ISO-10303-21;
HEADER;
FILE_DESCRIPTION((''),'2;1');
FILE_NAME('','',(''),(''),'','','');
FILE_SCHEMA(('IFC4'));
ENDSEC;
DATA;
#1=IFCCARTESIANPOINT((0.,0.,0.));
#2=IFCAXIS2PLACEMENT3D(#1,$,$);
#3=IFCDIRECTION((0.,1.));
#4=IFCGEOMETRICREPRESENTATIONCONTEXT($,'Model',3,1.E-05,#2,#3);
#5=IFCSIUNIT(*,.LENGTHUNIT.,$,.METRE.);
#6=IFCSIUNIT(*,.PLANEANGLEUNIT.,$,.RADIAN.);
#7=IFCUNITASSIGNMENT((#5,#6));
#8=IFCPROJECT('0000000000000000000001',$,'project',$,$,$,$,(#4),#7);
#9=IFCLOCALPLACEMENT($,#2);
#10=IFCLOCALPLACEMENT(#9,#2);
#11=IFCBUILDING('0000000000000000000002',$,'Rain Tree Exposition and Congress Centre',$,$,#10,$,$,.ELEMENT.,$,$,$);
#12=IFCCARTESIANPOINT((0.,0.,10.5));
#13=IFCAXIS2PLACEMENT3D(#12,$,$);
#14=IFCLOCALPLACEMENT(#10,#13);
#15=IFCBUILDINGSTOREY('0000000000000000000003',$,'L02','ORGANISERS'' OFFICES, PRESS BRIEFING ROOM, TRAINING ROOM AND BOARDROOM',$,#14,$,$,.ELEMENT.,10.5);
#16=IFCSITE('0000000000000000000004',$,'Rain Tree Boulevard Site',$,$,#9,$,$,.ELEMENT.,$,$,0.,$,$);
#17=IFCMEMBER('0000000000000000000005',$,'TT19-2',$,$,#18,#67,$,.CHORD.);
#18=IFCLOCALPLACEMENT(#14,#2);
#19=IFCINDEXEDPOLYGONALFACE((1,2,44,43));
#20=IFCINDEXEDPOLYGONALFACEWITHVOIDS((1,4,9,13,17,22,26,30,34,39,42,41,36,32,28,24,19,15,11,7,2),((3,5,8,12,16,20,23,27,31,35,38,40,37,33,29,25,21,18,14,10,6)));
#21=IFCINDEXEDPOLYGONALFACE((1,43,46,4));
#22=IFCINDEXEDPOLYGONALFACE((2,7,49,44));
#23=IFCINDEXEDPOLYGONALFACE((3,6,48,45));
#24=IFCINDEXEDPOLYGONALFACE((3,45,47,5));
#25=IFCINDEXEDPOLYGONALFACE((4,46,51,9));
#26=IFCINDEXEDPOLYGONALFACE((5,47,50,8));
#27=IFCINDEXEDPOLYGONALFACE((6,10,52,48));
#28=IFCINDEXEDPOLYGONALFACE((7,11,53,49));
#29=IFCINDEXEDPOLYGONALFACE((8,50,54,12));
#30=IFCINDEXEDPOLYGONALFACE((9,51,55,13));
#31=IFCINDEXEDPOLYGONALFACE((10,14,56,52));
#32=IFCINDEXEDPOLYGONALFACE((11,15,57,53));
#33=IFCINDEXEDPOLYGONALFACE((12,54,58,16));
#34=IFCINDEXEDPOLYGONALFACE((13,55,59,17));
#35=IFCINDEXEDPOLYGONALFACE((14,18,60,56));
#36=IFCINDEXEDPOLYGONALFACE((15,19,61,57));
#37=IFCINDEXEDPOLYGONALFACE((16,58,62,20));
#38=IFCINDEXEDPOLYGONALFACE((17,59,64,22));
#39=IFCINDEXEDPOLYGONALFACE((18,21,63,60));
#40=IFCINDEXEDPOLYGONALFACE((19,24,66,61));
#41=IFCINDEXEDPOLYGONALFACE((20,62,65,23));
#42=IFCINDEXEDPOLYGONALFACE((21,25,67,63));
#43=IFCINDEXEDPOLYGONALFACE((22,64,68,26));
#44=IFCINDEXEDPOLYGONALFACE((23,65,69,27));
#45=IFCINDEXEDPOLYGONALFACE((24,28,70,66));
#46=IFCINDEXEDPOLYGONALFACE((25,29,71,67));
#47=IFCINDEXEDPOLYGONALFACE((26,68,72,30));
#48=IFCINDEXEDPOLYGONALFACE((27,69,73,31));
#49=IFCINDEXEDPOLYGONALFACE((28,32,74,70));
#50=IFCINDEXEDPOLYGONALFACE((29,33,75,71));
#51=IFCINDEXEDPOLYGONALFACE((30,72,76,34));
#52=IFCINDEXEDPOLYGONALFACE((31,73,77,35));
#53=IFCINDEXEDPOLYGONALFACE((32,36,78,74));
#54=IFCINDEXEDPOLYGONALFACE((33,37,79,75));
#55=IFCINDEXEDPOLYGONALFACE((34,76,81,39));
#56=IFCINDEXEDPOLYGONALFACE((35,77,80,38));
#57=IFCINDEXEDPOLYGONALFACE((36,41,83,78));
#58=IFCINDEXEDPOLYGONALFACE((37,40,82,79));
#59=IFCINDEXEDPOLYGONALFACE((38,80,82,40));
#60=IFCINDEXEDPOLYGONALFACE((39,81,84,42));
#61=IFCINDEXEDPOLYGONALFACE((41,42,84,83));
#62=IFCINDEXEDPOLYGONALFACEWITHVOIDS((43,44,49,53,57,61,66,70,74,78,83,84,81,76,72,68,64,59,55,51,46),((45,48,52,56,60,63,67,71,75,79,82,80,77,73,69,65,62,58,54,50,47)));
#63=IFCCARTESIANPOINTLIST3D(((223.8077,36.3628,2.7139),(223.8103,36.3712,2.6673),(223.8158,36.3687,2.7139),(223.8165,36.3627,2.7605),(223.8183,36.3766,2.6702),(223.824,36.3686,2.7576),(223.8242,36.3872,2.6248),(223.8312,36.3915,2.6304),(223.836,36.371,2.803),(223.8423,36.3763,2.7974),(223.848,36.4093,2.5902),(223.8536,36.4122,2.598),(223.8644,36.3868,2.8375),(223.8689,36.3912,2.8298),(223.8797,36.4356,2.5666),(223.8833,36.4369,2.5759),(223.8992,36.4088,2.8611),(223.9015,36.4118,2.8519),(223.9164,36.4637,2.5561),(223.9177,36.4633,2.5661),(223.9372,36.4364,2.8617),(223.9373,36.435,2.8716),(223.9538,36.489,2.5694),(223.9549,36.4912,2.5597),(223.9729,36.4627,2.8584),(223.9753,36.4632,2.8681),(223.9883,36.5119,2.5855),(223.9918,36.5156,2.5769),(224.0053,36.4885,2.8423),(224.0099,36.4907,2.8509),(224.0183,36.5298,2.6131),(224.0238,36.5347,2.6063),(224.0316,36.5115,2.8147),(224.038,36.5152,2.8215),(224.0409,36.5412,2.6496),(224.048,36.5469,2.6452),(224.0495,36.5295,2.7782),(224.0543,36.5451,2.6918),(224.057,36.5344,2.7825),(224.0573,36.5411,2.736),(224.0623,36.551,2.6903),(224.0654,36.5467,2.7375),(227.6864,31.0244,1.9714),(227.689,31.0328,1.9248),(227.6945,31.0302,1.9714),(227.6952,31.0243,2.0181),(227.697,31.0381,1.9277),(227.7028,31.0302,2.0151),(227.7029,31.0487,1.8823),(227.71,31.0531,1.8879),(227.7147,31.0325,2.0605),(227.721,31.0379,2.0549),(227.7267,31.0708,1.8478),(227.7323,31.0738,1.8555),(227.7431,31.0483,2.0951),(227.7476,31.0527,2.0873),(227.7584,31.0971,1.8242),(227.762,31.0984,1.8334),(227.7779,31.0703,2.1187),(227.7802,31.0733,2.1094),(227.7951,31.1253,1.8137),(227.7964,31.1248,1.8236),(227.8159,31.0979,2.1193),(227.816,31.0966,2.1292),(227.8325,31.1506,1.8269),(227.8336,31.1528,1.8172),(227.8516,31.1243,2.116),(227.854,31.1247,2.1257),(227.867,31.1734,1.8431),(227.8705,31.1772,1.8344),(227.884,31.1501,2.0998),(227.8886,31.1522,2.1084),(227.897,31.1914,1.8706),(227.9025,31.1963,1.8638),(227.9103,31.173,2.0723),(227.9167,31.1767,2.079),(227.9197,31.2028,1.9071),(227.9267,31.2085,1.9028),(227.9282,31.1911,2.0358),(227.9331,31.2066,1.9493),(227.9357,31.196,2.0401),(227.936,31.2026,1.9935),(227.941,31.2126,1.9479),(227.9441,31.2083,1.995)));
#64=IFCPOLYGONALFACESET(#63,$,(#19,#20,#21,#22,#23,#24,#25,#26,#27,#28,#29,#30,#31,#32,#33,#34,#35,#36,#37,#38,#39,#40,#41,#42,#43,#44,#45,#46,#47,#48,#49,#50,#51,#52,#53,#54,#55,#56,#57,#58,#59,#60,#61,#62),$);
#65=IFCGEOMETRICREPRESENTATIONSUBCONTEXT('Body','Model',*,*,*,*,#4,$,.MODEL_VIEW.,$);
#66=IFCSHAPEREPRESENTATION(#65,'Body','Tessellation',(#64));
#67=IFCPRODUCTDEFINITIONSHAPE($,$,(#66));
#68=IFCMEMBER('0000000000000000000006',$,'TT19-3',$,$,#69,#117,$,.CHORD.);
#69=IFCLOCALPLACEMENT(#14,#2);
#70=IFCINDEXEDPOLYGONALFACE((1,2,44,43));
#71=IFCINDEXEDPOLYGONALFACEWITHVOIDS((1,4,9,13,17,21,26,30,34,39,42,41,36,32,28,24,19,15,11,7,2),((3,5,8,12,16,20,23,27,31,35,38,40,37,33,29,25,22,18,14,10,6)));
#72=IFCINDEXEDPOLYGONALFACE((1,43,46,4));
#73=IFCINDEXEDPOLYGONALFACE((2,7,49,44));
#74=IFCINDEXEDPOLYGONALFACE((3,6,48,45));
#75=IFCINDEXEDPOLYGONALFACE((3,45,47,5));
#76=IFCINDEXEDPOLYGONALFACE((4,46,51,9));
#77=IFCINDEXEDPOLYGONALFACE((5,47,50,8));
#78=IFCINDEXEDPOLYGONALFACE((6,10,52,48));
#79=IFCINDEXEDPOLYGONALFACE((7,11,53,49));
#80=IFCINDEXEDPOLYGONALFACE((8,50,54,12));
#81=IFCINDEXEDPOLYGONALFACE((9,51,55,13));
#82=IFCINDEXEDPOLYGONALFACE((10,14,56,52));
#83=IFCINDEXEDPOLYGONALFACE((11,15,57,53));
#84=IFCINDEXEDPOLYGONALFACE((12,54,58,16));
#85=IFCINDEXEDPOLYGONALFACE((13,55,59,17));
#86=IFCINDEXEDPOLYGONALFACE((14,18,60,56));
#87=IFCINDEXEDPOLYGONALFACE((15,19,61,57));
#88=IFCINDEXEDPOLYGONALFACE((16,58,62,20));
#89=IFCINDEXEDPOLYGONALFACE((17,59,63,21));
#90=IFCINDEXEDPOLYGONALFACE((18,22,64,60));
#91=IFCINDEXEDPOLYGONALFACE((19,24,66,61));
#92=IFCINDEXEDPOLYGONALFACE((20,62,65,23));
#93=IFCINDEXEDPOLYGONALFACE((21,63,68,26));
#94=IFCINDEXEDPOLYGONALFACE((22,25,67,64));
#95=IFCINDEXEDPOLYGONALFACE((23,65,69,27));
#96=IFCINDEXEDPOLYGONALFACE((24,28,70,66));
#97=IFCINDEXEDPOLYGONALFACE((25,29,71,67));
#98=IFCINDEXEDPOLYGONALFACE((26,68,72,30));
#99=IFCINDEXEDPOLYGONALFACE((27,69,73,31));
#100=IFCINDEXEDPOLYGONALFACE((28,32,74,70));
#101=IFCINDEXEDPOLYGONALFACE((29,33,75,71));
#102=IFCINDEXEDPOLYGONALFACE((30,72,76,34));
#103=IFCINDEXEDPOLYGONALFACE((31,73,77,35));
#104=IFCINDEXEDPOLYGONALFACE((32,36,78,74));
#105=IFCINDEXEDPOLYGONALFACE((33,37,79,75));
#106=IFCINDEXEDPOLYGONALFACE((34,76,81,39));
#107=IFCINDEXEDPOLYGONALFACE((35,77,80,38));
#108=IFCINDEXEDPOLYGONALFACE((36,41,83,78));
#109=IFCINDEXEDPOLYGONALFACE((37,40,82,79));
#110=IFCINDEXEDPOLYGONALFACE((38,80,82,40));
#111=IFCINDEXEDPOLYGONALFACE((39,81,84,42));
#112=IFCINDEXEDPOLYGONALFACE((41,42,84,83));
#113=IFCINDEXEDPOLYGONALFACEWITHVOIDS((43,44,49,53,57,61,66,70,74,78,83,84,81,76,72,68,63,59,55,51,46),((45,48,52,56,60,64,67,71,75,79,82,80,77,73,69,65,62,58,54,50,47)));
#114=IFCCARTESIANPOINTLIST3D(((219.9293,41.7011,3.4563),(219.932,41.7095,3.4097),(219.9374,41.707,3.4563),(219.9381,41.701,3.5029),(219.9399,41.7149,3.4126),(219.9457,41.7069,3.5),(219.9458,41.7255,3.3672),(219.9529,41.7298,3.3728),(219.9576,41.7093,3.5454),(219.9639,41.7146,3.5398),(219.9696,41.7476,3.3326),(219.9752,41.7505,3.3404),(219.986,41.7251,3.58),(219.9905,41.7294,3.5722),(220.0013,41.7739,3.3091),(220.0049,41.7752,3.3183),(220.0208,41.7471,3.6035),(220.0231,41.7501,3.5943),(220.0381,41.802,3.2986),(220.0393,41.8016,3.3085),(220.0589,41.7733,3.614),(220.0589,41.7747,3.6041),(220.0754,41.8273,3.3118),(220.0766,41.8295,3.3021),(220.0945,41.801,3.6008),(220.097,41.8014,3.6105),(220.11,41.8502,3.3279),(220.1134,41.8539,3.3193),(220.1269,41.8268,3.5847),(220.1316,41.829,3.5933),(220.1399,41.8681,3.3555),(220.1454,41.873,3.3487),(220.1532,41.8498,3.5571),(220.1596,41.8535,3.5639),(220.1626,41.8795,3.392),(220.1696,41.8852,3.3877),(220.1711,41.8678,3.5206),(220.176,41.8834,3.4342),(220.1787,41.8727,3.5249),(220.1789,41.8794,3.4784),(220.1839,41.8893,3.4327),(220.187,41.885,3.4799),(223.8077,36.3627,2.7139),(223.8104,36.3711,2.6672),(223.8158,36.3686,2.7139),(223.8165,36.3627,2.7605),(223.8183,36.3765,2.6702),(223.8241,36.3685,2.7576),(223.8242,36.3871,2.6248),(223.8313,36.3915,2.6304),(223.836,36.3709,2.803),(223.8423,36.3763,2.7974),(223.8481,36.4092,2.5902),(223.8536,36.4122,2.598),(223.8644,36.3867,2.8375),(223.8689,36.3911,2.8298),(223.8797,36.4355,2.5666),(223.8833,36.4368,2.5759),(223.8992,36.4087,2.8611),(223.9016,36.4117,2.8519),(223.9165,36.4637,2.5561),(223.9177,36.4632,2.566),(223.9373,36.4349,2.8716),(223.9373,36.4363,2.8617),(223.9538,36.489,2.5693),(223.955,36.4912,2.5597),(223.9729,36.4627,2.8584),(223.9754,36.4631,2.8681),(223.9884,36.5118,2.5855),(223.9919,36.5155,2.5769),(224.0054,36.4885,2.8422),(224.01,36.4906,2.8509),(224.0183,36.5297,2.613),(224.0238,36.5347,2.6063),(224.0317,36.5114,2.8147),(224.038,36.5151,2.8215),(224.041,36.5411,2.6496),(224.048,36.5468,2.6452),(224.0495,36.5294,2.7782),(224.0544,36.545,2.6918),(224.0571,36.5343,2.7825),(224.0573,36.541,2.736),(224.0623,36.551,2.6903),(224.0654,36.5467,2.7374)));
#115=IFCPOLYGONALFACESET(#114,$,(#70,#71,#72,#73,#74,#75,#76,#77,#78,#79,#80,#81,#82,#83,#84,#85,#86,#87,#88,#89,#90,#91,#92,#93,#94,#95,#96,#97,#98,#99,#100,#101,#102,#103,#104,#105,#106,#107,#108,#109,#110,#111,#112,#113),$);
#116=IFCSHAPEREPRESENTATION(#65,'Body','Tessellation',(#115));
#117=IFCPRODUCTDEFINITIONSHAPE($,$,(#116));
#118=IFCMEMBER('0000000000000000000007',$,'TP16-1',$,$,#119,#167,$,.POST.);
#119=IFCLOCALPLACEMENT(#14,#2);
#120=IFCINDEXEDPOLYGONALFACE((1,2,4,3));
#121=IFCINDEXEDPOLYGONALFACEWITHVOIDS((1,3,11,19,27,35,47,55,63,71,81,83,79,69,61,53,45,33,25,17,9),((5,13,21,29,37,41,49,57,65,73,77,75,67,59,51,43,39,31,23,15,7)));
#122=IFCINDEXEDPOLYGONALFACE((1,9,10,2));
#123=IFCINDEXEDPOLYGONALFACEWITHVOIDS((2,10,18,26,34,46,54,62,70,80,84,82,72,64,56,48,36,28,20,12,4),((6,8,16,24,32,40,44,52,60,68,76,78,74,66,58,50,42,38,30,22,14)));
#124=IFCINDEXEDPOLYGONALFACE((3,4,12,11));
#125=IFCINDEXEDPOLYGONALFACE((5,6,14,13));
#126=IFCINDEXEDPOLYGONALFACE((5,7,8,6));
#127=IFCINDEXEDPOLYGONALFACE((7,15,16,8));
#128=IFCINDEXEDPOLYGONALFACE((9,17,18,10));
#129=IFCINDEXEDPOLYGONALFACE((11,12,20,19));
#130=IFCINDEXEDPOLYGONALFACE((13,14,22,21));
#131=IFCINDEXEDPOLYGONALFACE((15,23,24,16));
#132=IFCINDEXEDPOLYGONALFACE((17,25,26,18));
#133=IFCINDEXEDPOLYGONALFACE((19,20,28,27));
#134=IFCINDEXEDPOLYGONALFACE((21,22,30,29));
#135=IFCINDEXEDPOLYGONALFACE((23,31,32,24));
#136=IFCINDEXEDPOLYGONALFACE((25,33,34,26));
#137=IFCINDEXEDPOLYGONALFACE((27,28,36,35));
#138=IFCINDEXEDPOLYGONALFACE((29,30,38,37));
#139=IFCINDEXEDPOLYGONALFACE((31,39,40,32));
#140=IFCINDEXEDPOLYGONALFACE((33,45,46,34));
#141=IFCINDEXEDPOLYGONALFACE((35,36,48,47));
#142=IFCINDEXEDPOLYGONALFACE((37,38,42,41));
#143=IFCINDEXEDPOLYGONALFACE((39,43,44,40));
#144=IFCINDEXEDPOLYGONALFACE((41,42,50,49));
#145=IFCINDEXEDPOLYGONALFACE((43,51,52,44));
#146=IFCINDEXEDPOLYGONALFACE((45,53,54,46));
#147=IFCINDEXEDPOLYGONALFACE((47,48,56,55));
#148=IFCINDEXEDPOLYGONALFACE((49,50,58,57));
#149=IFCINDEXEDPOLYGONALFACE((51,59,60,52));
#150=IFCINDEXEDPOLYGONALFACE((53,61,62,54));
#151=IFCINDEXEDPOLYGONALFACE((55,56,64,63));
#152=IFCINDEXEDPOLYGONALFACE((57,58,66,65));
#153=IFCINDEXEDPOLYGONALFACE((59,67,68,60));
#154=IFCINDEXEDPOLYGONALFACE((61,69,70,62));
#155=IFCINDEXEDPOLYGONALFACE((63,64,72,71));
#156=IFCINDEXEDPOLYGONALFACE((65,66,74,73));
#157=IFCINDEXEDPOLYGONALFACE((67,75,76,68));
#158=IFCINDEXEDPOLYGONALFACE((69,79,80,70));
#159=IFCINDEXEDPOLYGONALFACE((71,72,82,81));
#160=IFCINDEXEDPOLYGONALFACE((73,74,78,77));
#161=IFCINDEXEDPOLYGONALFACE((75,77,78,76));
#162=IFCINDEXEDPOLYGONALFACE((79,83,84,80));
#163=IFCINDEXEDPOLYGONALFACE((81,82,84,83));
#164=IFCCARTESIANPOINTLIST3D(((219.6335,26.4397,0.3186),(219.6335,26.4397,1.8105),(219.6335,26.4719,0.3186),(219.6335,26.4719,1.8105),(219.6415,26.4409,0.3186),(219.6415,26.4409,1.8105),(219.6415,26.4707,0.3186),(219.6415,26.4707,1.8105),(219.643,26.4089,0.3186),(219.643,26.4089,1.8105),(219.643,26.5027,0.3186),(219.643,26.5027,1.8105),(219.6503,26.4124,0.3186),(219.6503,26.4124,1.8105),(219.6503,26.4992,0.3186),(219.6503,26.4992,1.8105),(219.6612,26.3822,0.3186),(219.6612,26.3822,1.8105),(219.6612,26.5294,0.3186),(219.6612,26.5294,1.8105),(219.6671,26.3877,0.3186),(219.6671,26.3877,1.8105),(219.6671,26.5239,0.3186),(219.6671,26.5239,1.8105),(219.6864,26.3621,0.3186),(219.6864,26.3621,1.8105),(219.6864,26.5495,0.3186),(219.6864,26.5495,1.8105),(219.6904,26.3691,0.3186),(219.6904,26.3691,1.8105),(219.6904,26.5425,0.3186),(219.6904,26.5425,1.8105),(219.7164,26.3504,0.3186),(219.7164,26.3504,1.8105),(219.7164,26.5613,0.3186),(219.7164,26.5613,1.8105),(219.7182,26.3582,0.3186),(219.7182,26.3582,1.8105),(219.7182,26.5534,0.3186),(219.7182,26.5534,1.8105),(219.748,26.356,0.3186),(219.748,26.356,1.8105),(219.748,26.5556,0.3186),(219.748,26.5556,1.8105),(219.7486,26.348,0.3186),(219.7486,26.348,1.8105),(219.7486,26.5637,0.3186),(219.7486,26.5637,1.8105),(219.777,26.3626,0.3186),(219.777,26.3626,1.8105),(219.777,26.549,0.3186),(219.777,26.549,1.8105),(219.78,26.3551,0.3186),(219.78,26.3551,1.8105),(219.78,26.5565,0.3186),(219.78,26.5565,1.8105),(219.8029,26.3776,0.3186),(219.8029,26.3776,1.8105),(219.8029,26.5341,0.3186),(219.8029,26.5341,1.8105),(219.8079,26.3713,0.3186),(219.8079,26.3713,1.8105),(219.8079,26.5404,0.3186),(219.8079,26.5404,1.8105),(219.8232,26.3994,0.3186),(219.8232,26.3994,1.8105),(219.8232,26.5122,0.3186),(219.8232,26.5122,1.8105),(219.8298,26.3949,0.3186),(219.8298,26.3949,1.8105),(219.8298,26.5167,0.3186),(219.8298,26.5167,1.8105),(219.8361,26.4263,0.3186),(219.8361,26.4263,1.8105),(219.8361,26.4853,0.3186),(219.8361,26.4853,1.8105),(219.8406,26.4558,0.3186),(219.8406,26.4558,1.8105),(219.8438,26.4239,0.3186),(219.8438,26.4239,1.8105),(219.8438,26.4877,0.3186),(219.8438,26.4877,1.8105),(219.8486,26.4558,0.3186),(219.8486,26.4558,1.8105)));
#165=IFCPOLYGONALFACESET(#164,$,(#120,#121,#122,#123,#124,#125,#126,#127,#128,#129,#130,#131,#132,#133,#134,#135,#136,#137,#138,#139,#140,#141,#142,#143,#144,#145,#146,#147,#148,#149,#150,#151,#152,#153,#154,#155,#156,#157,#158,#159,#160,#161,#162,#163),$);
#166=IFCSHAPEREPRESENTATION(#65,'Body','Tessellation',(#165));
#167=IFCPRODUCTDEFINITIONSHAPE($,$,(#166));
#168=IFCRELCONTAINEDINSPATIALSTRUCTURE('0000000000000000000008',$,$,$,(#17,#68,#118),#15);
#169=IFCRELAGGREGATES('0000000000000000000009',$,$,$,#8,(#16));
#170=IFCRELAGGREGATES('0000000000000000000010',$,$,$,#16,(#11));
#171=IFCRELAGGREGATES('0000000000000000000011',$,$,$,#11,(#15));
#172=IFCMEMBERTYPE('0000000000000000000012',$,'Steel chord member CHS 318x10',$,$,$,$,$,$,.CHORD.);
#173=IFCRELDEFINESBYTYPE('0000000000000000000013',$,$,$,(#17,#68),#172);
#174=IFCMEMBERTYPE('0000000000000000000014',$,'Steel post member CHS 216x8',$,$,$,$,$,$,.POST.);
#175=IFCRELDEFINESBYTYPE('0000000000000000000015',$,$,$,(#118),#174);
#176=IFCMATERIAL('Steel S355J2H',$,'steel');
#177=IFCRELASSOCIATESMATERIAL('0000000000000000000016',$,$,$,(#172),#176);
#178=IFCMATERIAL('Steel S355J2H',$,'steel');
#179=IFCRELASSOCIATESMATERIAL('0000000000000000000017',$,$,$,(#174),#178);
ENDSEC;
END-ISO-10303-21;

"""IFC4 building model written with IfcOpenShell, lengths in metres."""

from ifc_helpers import new_model, si_unit, direction, frame, origin, origin_2d, place, context, subcontext, project, spatial, hollow_circle, extrude, material, material_profile, profile_set, type_object, element, save


model = new_model("IFC4")

# Units and contexts
model_context = context("Model", 3, precision=1e-05, world=origin(), true_north=direction((0.0, 1.0)))
body_context = subcontext(model_context, "Body", "Model", "MODEL_VIEW")
ifc_project = project(units=[si_unit("LENGTHUNIT", "METRE"), si_unit("PLANEANGLEUNIT", "RADIAN")], contexts=[model_context])

# Site, building, storey
site_placement = place(None, origin())
site = spatial("IfcSite", under=ifc_project, at=site_placement, Name="Rain Tree Boulevard Site", CompositionType="ELEMENT", RefElevation=0.0)
building_placement = place(site_placement, origin())
building = spatial("IfcBuilding", under=site, at=building_placement, Name="Rain Tree Exposition and Congress Centre", CompositionType="ELEMENT")
storey_placement = place(building_placement, frame((0.0, 0.0, 10.5)))
storey = spatial("IfcBuildingStorey", under=building, at=storey_placement, Name="L02", Description="ORGANISERS' OFFICES, PRESS BRIEFING ROOM, TRAINING ROOM AND BOARDROOM", CompositionType="ELEMENT", Elevation=10.5)

# Members
ifc_material_1 = material(Name="Steel S355J2H", Category="steel")
ifc_material_profile_1 = material_profile(ifc_material_1, hollow_circle(Radius=0.1592, WallThickness=0.01, at=origin_2d()), Name="CHS 318x10")
ifc_profile_set_1 = profile_set([ifc_material_profile_1], Name="Steel S355J2H")
member_type_1 = type_object("IfcMemberType", Name="Steel chord member CHS 318x10", PredefinedType="CHORD", material=ifc_profile_set_1)
member_1_placement = place(storey_placement, frame((227.8152, 31.1179, 1.9714), z_axis=(-0.58411, 0.803937, 0.111807), x_axis=(-0.80901, -0.587795, 0.0)))
element("IfcMember", 1, at=member_1_placement, inside=storey, type_object=member_type_1, Name="TT19-2", PredefinedType="CHORD", context=body_context, shape_type="SweptSolid", body=[
    extrude(hollow_circle(Radius=0.1592, WallThickness=0.01, at=origin_2d()), origin(), (0.0, 0.0, 1.0), 6.6404),
])
member_2_placement = place(storey_placement, frame((223.9365, 36.4563, 2.7139), z_axis=(-0.584086, 0.803954, 0.111809), x_axis=(-0.809027, -0.587771, 0.0)))
element("IfcMember", 2, at=member_2_placement, inside=storey, type_object=member_type_1, Name="TT19-3", PredefinedType="CHORD", context=body_context, shape_type="SweptSolid", body=[
    extrude(hollow_circle(Radius=0.1592, WallThickness=0.01, at=origin_2d()), origin(), (0.0, 0.0, 1.0), 6.6401),
])
ifc_material_2 = material(Name="Steel S355J2H", Category="steel")
ifc_material_profile_2 = material_profile(ifc_material_2, hollow_circle(Radius=0.1082, WallThickness=0.0081, at=origin_2d()), Name="CHS 216x8")
ifc_profile_set_2 = profile_set([ifc_material_profile_2], Name="Steel S355J2H")
member_type_2 = type_object("IfcMemberType", Name="Steel post member CHS 216x8", PredefinedType="POST", material=ifc_profile_set_2)
for number, where, z_axis, x_axis, name in (
    (3, (219.7405, 26.4558, 0.3186), (0.0, 0.0, 1.0), (1.0, 0.0, 0.0), "TP16-1"),
):
    element("IfcMember", number, at=place(storey_placement, frame(where, z_axis=z_axis, x_axis=x_axis)), inside=storey, type_object=member_type_2, Name=name, PredefinedType="POST", context=body_context, shape_type="SweptSolid", body=[
        extrude(hollow_circle(Radius=0.1082, WallThickness=0.0081, at=origin_2d()), origin(), (0.0, 0.0, 1.0), 1.4919),
    ])

save(model, "model.ifc")
